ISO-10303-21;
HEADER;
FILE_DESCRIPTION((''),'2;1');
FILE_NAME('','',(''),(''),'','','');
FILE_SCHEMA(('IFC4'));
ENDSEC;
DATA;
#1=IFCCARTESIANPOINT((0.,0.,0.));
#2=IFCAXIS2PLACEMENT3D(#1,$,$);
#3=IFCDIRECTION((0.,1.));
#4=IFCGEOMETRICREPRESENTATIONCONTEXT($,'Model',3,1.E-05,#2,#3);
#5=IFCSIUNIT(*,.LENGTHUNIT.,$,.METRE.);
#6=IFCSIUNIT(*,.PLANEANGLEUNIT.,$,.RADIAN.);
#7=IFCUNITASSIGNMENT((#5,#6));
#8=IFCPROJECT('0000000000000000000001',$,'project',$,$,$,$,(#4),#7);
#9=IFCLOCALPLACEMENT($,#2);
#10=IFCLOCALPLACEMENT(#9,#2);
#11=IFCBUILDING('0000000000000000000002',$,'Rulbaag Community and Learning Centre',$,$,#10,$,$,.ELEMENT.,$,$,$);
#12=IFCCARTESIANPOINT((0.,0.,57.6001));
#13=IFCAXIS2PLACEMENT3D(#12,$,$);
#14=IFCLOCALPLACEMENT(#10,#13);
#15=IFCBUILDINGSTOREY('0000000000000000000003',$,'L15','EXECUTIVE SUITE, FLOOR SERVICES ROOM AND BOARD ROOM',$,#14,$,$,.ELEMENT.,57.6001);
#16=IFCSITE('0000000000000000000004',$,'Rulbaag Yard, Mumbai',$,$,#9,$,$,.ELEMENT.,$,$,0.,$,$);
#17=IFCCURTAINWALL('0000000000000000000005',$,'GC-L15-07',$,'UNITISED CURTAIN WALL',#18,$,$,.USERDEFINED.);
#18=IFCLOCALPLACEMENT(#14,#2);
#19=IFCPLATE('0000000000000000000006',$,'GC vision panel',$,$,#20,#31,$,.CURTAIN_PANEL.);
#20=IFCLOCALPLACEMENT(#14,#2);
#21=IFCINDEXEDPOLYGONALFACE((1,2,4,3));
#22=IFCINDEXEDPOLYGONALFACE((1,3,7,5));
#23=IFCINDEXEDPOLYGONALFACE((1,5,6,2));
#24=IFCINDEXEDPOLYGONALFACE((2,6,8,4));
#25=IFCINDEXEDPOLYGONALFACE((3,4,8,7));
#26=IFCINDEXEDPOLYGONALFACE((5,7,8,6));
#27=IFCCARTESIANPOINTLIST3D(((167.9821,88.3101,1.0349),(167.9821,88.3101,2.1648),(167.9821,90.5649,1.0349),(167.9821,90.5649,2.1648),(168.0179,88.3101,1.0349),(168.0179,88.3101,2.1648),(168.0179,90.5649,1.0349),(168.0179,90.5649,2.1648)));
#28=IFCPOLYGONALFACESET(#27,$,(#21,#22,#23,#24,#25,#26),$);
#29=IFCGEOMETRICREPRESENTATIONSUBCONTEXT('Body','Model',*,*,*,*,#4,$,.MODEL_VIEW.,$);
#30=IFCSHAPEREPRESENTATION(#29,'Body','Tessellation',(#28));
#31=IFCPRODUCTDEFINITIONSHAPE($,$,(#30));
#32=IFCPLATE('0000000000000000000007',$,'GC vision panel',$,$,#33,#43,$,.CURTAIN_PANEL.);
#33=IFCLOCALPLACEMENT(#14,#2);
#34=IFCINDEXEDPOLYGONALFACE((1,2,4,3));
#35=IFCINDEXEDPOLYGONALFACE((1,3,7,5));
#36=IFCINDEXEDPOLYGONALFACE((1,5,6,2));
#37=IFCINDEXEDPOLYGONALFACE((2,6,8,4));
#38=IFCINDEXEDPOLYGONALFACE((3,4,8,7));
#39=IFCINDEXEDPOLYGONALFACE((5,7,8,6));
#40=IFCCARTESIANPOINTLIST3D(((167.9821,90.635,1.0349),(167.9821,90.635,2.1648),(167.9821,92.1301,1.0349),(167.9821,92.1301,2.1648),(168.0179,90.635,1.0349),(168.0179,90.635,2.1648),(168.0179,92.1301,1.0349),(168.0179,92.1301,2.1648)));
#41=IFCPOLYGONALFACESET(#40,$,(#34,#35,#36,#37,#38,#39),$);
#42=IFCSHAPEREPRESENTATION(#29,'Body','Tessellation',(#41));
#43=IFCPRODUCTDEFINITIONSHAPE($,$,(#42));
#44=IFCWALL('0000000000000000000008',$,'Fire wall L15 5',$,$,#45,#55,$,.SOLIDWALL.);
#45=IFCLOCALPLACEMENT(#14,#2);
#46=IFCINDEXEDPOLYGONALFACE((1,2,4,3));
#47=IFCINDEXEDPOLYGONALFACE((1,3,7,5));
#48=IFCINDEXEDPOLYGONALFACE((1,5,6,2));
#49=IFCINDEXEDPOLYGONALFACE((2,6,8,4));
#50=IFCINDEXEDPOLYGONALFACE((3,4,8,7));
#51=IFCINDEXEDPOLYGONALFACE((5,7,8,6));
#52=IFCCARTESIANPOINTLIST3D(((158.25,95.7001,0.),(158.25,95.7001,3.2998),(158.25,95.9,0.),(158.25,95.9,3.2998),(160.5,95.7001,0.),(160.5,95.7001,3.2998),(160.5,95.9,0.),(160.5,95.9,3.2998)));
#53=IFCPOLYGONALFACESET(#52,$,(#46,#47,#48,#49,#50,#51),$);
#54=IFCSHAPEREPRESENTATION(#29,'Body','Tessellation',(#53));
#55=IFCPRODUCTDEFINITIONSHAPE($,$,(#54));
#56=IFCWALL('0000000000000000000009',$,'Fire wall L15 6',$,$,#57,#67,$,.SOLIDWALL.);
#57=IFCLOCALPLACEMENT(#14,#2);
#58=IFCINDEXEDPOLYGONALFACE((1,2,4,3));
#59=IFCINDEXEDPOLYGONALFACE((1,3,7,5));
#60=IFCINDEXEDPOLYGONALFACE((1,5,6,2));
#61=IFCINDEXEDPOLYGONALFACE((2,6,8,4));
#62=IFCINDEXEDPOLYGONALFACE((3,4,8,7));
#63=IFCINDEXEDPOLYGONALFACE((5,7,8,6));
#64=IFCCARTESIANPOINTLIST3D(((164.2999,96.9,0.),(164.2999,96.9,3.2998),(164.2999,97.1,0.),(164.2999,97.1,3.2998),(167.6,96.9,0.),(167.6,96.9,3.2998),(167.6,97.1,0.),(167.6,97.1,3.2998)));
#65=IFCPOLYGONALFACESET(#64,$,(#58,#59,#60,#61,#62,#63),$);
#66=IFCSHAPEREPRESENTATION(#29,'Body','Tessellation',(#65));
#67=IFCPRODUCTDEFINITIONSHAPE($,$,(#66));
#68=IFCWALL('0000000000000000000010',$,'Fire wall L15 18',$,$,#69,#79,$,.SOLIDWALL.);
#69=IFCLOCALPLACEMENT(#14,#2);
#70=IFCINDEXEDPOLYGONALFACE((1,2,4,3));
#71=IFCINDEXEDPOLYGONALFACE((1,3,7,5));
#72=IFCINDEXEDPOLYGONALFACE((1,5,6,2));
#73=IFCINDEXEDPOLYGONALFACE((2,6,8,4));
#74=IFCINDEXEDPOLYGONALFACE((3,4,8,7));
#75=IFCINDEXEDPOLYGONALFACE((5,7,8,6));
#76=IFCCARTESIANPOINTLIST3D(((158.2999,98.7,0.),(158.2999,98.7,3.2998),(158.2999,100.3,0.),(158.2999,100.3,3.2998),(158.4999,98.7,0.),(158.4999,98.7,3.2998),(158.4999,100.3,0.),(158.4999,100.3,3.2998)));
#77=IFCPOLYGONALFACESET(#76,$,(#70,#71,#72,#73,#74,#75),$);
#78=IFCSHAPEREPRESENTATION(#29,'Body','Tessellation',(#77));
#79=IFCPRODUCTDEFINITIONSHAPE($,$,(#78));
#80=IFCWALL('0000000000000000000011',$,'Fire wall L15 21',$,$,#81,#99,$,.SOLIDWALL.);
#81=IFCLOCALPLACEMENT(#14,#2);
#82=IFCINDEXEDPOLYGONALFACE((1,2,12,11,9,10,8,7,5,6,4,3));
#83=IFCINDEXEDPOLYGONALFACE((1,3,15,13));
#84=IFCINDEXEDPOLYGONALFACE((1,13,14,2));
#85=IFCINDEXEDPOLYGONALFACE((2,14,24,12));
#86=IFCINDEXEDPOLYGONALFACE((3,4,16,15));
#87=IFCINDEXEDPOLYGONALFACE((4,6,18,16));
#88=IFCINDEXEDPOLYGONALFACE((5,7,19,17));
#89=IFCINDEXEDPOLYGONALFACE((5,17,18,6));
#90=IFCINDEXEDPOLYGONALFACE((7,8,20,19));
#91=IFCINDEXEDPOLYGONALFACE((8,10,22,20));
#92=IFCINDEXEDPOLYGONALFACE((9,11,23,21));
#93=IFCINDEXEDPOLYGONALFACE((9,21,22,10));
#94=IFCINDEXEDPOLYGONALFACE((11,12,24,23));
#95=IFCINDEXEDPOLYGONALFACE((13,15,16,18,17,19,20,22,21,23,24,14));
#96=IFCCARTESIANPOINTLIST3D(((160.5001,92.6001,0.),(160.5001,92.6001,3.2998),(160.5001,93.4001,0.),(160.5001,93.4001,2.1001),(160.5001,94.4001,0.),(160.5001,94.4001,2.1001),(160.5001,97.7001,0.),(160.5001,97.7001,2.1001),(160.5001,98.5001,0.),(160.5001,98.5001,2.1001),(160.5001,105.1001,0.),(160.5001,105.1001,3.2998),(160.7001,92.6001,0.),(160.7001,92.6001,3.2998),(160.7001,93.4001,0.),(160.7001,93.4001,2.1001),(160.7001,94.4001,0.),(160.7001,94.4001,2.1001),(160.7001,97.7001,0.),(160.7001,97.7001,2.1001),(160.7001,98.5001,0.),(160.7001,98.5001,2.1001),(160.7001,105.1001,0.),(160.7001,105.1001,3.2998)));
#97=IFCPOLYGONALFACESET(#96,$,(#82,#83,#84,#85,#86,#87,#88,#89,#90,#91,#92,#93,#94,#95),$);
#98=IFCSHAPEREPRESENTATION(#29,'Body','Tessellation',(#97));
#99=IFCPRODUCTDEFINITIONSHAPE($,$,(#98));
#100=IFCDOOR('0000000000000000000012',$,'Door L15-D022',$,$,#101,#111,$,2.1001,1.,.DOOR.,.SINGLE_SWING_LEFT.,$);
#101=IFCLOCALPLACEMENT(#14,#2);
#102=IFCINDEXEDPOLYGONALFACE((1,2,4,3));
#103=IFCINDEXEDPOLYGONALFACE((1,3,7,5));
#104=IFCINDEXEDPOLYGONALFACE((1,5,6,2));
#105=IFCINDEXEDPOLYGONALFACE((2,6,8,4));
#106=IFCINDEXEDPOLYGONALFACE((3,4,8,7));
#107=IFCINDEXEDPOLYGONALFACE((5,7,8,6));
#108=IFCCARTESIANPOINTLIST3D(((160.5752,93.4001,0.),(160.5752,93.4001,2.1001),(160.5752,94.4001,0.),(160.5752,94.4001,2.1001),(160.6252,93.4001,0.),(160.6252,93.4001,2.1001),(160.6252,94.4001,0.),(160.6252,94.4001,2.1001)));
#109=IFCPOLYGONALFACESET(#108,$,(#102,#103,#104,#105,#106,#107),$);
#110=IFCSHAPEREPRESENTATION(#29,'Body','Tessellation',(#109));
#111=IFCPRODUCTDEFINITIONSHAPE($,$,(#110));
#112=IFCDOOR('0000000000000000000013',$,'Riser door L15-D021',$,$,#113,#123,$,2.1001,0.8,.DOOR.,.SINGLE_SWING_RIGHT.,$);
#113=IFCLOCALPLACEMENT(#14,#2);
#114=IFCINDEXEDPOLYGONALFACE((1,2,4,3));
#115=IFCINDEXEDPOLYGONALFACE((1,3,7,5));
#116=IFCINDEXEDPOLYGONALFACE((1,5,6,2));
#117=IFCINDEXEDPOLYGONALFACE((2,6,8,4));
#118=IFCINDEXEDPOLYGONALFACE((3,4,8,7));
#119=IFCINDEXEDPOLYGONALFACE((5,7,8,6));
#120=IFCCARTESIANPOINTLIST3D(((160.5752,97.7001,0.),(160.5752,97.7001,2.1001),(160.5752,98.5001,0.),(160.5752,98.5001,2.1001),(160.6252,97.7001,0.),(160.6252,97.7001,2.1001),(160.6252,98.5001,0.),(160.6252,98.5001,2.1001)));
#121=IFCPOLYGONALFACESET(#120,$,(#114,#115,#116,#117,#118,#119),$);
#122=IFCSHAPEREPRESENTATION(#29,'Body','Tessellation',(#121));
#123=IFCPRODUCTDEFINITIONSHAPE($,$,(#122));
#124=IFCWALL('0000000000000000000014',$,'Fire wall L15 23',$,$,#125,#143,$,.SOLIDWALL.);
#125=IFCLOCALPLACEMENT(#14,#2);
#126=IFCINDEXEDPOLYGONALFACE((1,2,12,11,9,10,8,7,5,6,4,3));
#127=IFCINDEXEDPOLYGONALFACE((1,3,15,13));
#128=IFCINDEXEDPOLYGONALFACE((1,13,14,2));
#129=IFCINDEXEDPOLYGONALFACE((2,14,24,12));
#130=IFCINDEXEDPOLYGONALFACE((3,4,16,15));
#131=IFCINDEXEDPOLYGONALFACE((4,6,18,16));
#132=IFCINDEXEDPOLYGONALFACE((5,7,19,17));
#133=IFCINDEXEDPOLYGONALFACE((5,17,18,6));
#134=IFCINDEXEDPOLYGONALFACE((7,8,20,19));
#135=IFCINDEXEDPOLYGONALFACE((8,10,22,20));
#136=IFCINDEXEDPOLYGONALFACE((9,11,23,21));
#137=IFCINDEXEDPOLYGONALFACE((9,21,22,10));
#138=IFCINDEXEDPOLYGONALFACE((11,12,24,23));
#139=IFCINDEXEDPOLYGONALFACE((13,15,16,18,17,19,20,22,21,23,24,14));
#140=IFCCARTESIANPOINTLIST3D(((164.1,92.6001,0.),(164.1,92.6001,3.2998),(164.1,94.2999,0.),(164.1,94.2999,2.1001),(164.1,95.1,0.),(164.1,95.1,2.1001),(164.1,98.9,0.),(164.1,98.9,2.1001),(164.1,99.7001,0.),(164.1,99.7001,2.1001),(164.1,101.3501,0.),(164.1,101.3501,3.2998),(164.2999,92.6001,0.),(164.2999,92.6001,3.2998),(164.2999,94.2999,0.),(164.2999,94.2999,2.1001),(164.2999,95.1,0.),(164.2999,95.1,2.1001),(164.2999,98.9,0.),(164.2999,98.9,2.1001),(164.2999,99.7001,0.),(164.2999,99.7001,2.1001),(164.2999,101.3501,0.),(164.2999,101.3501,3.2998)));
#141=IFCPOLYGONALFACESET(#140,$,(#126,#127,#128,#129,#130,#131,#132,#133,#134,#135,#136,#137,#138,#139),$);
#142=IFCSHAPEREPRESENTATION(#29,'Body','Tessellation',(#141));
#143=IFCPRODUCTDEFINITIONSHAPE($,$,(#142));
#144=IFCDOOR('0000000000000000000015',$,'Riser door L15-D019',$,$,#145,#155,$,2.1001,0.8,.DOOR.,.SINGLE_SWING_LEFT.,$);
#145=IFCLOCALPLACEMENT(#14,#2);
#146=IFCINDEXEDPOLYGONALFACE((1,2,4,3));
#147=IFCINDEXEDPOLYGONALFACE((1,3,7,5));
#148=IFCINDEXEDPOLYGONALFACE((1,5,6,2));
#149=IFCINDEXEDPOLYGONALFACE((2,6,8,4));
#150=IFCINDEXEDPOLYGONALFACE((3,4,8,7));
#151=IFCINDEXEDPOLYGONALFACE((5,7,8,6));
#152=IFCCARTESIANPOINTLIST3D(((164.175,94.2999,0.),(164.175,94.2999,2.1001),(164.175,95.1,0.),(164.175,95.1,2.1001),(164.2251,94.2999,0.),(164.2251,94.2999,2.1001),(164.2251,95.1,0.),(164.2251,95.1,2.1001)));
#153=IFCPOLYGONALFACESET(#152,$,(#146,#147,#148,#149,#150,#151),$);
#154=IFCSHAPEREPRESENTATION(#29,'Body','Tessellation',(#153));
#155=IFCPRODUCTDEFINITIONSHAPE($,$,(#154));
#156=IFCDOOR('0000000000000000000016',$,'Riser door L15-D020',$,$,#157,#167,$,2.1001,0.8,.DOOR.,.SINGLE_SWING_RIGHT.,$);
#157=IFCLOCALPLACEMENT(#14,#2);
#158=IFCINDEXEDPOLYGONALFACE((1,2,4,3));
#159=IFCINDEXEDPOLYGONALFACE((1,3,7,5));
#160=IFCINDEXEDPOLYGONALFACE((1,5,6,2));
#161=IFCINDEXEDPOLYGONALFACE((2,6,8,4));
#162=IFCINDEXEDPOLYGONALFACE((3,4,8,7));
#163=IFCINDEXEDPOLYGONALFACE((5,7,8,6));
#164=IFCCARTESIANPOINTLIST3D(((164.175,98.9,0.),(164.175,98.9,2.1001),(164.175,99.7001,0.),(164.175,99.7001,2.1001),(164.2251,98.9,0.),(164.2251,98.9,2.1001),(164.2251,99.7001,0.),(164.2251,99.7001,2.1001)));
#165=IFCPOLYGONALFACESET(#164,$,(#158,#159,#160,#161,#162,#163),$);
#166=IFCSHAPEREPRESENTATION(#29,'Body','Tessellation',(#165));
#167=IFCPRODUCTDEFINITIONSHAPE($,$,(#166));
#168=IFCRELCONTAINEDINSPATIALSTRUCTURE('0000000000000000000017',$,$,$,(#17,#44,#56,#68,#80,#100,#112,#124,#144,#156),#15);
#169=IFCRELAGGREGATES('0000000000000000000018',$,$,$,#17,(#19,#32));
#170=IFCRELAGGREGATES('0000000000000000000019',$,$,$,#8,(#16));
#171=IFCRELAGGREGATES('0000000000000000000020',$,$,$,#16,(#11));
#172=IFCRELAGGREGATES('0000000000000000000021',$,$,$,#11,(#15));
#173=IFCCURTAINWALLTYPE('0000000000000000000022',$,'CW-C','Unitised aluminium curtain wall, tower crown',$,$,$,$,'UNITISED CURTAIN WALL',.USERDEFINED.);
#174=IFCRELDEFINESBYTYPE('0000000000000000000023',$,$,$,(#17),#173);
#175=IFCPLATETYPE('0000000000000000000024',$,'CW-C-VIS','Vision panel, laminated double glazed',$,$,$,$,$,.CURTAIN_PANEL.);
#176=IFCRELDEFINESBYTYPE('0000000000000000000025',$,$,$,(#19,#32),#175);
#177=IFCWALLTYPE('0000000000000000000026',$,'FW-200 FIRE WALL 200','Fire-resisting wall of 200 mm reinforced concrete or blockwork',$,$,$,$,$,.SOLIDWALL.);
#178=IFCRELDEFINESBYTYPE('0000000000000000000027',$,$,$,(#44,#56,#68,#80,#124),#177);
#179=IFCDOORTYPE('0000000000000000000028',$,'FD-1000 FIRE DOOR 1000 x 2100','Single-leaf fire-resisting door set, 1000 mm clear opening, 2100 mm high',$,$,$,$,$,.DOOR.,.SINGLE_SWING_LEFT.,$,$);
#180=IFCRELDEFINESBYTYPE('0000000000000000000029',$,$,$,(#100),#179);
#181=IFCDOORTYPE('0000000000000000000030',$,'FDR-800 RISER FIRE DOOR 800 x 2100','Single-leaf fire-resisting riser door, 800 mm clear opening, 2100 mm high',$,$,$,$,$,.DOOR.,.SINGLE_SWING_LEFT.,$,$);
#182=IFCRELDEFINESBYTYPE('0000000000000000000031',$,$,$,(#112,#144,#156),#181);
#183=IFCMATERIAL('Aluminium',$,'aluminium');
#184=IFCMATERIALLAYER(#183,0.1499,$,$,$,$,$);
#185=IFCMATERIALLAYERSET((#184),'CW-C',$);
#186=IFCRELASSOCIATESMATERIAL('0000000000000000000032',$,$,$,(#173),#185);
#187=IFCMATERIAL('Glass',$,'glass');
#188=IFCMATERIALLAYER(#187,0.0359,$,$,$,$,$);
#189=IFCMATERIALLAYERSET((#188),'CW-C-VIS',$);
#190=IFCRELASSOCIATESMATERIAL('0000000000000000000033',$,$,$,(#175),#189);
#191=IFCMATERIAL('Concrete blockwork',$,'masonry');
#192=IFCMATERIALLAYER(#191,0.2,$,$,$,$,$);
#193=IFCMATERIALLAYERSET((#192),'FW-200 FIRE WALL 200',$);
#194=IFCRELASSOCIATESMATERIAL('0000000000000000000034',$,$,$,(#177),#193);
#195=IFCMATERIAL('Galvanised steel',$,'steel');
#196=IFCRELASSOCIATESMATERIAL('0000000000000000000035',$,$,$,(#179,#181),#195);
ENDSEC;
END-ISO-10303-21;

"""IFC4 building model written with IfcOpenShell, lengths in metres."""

from ifc_helpers import new_model, si_unit, direction, frame, frame_2d, origin, origin_2d, place, context, subcontext, project, spatial, rectangle, extrude, material, layer, layer_set, type_object, element, fill, aggregate, save


model = new_model("IFC4")

# Units and contexts
model_context = context("Model", 3, precision=1e-05, world=origin(), true_north=direction((0.0, 1.0)))
body_context = subcontext(model_context, "Body", "Model", "MODEL_VIEW")
ifc_project = project(units=[si_unit("LENGTHUNIT", "METRE"), si_unit("PLANEANGLEUNIT", "RADIAN")], contexts=[model_context])

# Site, building, storey
site_placement = place(None, origin())
site = spatial("IfcSite", under=ifc_project, at=site_placement, Name="Rulbaag Yard, Mumbai", CompositionType="ELEMENT", RefElevation=0.0)
building_placement = place(site_placement, origin())
building = spatial("IfcBuilding", under=site, at=building_placement, Name="Rulbaag Community and Learning Centre", CompositionType="ELEMENT")
storey_placement = place(building_placement, frame((0.0, 0.0, 57.6001)))
storey = spatial("IfcBuildingStorey", under=building, at=storey_placement, Name="L15", Description="EXECUTIVE SUITE, FLOOR SERVICES ROOM AND BOARD ROOM", CompositionType="ELEMENT", Elevation=57.6001)

# Curtain wall, plates
ifc_material_1 = material(Name="Aluminium", Category="aluminium")
ifc_layer_1 = layer(ifc_material_1, 0.1499)
ifc_layer_set_1 = layer_set([ifc_layer_1], Name="CW-C")
curtain_wall_type = type_object("IfcCurtainWallType", Name="CW-C", Description="Unitised aluminium curtain wall, tower crown", ElementType="UNITISED CURTAIN WALL", PredefinedType="USERDEFINED", material=ifc_layer_set_1)
curtain_wall_placement = place(storey_placement, origin())
curtain_wall = element("IfcCurtainWall", 1, at=curtain_wall_placement, inside=storey, type_object=curtain_wall_type, Name="GC-L15-07", ObjectType="UNITISED CURTAIN WALL", PredefinedType="USERDEFINED")
ifc_material_2 = material(Name="Glass", Category="glass")
ifc_layer_2 = layer(ifc_material_2, 0.0359)
ifc_layer_set_2 = layer_set([ifc_layer_2], Name="CW-C-VIS")
plate_type_1 = type_object("IfcPlateType", Name="CW-C-VIS", Description="Vision panel, laminated double glazed", PredefinedType="CURTAIN_PANEL", material=ifc_layer_set_2)
plate_1_placement = place(storey_placement, frame((168.0, 89.4375, 1.0349), z_axis=(0.0, 0.0, 1.0), x_axis=(0.0, 1.0, 0.0)))
plate_1 = element("IfcPlate", 2, at=plate_1_placement, type_object=plate_type_1, Name="GC vision panel", PredefinedType="CURTAIN_PANEL", context=body_context, shape_type="SweptSolid", body=[
    extrude(rectangle(XDim=2.2549, YDim=0.0359, at=origin_2d()), origin(), (0.0, 0.0, 1.0), 1.1299),
])
plate_2_placement = place(storey_placement, frame((168.0, 91.3826, 1.0349), z_axis=(0.0, 0.0, 1.0), x_axis=(0.0, 1.0, 0.0)))
plate_2 = element("IfcPlate", 3, at=plate_2_placement, type_object=plate_type_1, Name="GC vision panel", PredefinedType="CURTAIN_PANEL", context=body_context, shape_type="SweptSolid", body=[
    extrude(rectangle(XDim=1.4951, YDim=0.0359, at=origin_2d()), origin(), (0.0, 0.0, 1.0), 1.1299),
])
aggregate(curtain_wall, [plate_1, plate_2])

# Walls
ifc_material_3 = material(Name="Concrete blockwork", Category="masonry")
ifc_layer_3 = layer(ifc_material_3, 0.2)
ifc_layer_set_3 = layer_set([ifc_layer_3], Name="FW-200 FIRE WALL 200")
wall_type_1 = type_object("IfcWallType", Name="FW-200 FIRE WALL 200", Description="Fire-resisting wall of 200 mm reinforced concrete or blockwork", PredefinedType="SOLIDWALL", material=ifc_layer_set_3)
wall_1_placement = place(storey_placement, frame((158.25, 95.8, 0.0), z_axis=(0.0, 0.0, 1.0), x_axis=(1.0, 0.0, 0.0)))
element("IfcWall", 4, at=wall_1_placement, inside=storey, type_object=wall_type_1, Name="Fire wall L15 5", PredefinedType="SOLIDWALL", context=body_context, shape_type="SweptSolid", body=[
    extrude(rectangle(XDim=2.25, YDim=0.2, at=frame_2d((1.125, 0.0))), origin(), (0.0, 0.0, 1.0), 3.2998),
])
wall_2_placement = place(storey_placement, frame((164.3, 97.0, 0.0), z_axis=(0.0, 0.0, 1.0), x_axis=(1.0, 0.0, 0.0)))
element("IfcWall", 5, at=wall_2_placement, inside=storey, type_object=wall_type_1, Name="Fire wall L15 6", PredefinedType="SOLIDWALL", context=body_context, shape_type="SweptSolid", body=[
    extrude(rectangle(XDim=3.3, YDim=0.2, at=frame_2d((1.6499, 0.0))), origin(), (0.0, 0.0, 1.0), 3.2998),
])
wall_3_placement = place(storey_placement, frame((158.3999, 98.7, 0.0), z_axis=(0.0, 0.0, 1.0), x_axis=(0.0, 1.0, 0.0)))
element("IfcWall", 6, at=wall_3_placement, inside=storey, type_object=wall_type_1, Name="Fire wall L15 18", PredefinedType="SOLIDWALL", context=body_context, shape_type="SweptSolid", body=[
    extrude(rectangle(XDim=1.6001, YDim=0.2, at=frame_2d((0.8, 0.0))), origin(), (0.0, 0.0, 1.0), 3.2998),
])

# Walls, openings, doors
wall_4_placement = place(storey_placement, frame((160.6001, 92.6001, 0.0), z_axis=(0.0, 0.0, 1.0), x_axis=(0.0, 1.0, 0.0)))
wall_4 = element("IfcWall", 7, at=wall_4_placement, inside=storey, type_object=wall_type_1, Name="Fire wall L15 21", PredefinedType="SOLIDWALL", context=body_context, shape_type="SweptSolid", body=[
    extrude(rectangle(XDim=12.5, YDim=0.2, at=frame_2d((6.25, 0.0))), origin(), (0.0, 0.0, 1.0), 3.2998),
])
opening_1_placement = place(wall_4_placement, frame((5.1001, 0.0, 0.0)))
opening_1 = element("IfcOpeningElement", 8, at=opening_1_placement, cuts=wall_4, PredefinedType="OPENING", context=body_context, shape_type="SweptSolid", body=[
    extrude(rectangle(XDim=0.8, YDim=2.1001, at=frame_2d((0.3999, 1.05))), frame((0.0, 0.1099, 0.0), z_axis=(0.0, -1.0, 0.0), x_axis=(1.0, 0.0, 0.0)), (0.0, 0.0, 1.0), 0.22),
])
opening_2_placement = place(wall_4_placement, frame((0.8, 0.0, 0.0)))
opening_2 = element("IfcOpeningElement", 9, at=opening_2_placement, cuts=wall_4, PredefinedType="OPENING", context=body_context, shape_type="SweptSolid", body=[
    extrude(rectangle(XDim=1.0, YDim=2.1001, at=frame_2d((0.5, 1.05))), frame((0.0, 0.1099, 0.0), z_axis=(0.0, -1.0, 0.0), x_axis=(1.0, 0.0, 0.0)), (0.0, 0.0, 1.0), 0.22),
])
ifc_material_4 = material(Name="Galvanised steel", Category="steel")
door_type_1 = type_object("IfcDoorType", Name="FD-1000 FIRE DOOR 1000 x 2100", Description="Single-leaf fire-resisting door set, 1000 mm clear opening, 2100 mm high", OperationType="SINGLE_SWING_LEFT", PredefinedType="DOOR", material=ifc_material_4)
door_1_placement = place(opening_2_placement, origin())
door_1 = element("IfcDoor", 10, at=door_1_placement, inside=storey, type_object=door_type_1, Name="Door L15-D022", OperationType="SINGLE_SWING_LEFT", OverallHeight=2.1001, OverallWidth=1.0, PredefinedType="DOOR", context=body_context, shape_type="SweptSolid", body=[
    extrude(rectangle(XDim=1.0, YDim=2.1001, at=frame_2d((0.5, 1.05))), frame((0.0, 0.0249, 0.0), z_axis=(0.0, -1.0, 0.0), x_axis=(1.0, 0.0, 0.0)), (0.0, 0.0, 1.0), 0.05),
])
fill(opening_2, door_1)
door_type_2 = type_object("IfcDoorType", Name="FDR-800 RISER FIRE DOOR 800 x 2100", Description="Single-leaf fire-resisting riser door, 800 mm clear opening, 2100 mm high", OperationType="SINGLE_SWING_LEFT", PredefinedType="DOOR", material=ifc_material_4)
door_2_placement = place(opening_1_placement, origin())
door_2 = element("IfcDoor", 11, at=door_2_placement, inside=storey, type_object=door_type_2, Name="Riser door L15-D021", OperationType="SINGLE_SWING_RIGHT", OverallHeight=2.1001, OverallWidth=0.8, PredefinedType="DOOR", context=body_context, shape_type="SweptSolid", body=[
    extrude(rectangle(XDim=0.8, YDim=2.1001, at=frame_2d((0.3999, 1.05))), frame((0.0, 0.0249, 0.0), z_axis=(0.0, -1.0, 0.0), x_axis=(1.0, 0.0, 0.0)), (0.0, 0.0, 1.0), 0.05),
])
fill(opening_1, door_2)
wall_5_placement = place(storey_placement, frame((164.2, 92.6001, 0.0), z_axis=(0.0, 0.0, 1.0), x_axis=(0.0, 1.0, 0.0)))
wall_5 = element("IfcWall", 12, at=wall_5_placement, inside=storey, type_object=wall_type_1, Name="Fire wall L15 23", PredefinedType="SOLIDWALL", context=body_context, shape_type="SweptSolid", body=[
    extrude(rectangle(XDim=8.75, YDim=0.2, at=frame_2d((4.375, 0.0))), origin(), (0.0, 0.0, 1.0), 3.2998),
])
opening_3_placement = place(wall_5_placement, frame((1.7, 0.0, 0.0)))
opening_3 = element("IfcOpeningElement", 13, at=opening_3_placement, cuts=wall_5, PredefinedType="OPENING", context=body_context, shape_type="SweptSolid", body=[
    extrude(rectangle(XDim=0.8, YDim=2.1001, at=frame_2d((0.3999, 1.05))), frame((0.0, 0.1099, 0.0), z_axis=(0.0, -1.0, 0.0), x_axis=(1.0, 0.0, 0.0)), (0.0, 0.0, 1.0), 0.22),
])
opening_4_placement = place(wall_5_placement, frame((6.3, 0.0, 0.0)))
opening_4 = element("IfcOpeningElement", 14, at=opening_4_placement, cuts=wall_5, PredefinedType="OPENING", context=body_context, shape_type="SweptSolid", body=[
    extrude(rectangle(XDim=0.8, YDim=2.1001, at=frame_2d((0.3999, 1.05))), frame((0.0, 0.1099, 0.0), z_axis=(0.0, -1.0, 0.0), x_axis=(1.0, 0.0, 0.0)), (0.0, 0.0, 1.0), 0.22),
])
door_3_placement = place(opening_3_placement, origin())
door_3 = element("IfcDoor", 15, at=door_3_placement, inside=storey, type_object=door_type_2, Name="Riser door L15-D019", OperationType="SINGLE_SWING_LEFT", OverallHeight=2.1001, OverallWidth=0.8, PredefinedType="DOOR", context=body_context, shape_type="SweptSolid", body=[
    extrude(rectangle(XDim=0.8, YDim=2.1001, at=frame_2d((0.3999, 1.05))), frame((0.0, 0.0249, 0.0), z_axis=(0.0, -1.0, 0.0), x_axis=(1.0, 0.0, 0.0)), (0.0, 0.0, 1.0), 0.05),
])
fill(opening_3, door_3)
door_4_placement = place(opening_4_placement, origin())
door_4 = element("IfcDoor", 16, at=door_4_placement, inside=storey, type_object=door_type_2, Name="Riser door L15-D020", OperationType="SINGLE_SWING_RIGHT", OverallHeight=2.1001, OverallWidth=0.8, PredefinedType="DOOR", context=body_context, shape_type="SweptSolid", body=[
    extrude(rectangle(XDim=0.8, YDim=2.1001, at=frame_2d((0.3999, 1.05))), frame((0.0, 0.0249, 0.0), z_axis=(0.0, -1.0, 0.0), x_axis=(1.0, 0.0, 0.0)), (0.0, 0.0, 1.0), 0.05),
])
fill(opening_4, door_4)

save(model, "model.ifc")
